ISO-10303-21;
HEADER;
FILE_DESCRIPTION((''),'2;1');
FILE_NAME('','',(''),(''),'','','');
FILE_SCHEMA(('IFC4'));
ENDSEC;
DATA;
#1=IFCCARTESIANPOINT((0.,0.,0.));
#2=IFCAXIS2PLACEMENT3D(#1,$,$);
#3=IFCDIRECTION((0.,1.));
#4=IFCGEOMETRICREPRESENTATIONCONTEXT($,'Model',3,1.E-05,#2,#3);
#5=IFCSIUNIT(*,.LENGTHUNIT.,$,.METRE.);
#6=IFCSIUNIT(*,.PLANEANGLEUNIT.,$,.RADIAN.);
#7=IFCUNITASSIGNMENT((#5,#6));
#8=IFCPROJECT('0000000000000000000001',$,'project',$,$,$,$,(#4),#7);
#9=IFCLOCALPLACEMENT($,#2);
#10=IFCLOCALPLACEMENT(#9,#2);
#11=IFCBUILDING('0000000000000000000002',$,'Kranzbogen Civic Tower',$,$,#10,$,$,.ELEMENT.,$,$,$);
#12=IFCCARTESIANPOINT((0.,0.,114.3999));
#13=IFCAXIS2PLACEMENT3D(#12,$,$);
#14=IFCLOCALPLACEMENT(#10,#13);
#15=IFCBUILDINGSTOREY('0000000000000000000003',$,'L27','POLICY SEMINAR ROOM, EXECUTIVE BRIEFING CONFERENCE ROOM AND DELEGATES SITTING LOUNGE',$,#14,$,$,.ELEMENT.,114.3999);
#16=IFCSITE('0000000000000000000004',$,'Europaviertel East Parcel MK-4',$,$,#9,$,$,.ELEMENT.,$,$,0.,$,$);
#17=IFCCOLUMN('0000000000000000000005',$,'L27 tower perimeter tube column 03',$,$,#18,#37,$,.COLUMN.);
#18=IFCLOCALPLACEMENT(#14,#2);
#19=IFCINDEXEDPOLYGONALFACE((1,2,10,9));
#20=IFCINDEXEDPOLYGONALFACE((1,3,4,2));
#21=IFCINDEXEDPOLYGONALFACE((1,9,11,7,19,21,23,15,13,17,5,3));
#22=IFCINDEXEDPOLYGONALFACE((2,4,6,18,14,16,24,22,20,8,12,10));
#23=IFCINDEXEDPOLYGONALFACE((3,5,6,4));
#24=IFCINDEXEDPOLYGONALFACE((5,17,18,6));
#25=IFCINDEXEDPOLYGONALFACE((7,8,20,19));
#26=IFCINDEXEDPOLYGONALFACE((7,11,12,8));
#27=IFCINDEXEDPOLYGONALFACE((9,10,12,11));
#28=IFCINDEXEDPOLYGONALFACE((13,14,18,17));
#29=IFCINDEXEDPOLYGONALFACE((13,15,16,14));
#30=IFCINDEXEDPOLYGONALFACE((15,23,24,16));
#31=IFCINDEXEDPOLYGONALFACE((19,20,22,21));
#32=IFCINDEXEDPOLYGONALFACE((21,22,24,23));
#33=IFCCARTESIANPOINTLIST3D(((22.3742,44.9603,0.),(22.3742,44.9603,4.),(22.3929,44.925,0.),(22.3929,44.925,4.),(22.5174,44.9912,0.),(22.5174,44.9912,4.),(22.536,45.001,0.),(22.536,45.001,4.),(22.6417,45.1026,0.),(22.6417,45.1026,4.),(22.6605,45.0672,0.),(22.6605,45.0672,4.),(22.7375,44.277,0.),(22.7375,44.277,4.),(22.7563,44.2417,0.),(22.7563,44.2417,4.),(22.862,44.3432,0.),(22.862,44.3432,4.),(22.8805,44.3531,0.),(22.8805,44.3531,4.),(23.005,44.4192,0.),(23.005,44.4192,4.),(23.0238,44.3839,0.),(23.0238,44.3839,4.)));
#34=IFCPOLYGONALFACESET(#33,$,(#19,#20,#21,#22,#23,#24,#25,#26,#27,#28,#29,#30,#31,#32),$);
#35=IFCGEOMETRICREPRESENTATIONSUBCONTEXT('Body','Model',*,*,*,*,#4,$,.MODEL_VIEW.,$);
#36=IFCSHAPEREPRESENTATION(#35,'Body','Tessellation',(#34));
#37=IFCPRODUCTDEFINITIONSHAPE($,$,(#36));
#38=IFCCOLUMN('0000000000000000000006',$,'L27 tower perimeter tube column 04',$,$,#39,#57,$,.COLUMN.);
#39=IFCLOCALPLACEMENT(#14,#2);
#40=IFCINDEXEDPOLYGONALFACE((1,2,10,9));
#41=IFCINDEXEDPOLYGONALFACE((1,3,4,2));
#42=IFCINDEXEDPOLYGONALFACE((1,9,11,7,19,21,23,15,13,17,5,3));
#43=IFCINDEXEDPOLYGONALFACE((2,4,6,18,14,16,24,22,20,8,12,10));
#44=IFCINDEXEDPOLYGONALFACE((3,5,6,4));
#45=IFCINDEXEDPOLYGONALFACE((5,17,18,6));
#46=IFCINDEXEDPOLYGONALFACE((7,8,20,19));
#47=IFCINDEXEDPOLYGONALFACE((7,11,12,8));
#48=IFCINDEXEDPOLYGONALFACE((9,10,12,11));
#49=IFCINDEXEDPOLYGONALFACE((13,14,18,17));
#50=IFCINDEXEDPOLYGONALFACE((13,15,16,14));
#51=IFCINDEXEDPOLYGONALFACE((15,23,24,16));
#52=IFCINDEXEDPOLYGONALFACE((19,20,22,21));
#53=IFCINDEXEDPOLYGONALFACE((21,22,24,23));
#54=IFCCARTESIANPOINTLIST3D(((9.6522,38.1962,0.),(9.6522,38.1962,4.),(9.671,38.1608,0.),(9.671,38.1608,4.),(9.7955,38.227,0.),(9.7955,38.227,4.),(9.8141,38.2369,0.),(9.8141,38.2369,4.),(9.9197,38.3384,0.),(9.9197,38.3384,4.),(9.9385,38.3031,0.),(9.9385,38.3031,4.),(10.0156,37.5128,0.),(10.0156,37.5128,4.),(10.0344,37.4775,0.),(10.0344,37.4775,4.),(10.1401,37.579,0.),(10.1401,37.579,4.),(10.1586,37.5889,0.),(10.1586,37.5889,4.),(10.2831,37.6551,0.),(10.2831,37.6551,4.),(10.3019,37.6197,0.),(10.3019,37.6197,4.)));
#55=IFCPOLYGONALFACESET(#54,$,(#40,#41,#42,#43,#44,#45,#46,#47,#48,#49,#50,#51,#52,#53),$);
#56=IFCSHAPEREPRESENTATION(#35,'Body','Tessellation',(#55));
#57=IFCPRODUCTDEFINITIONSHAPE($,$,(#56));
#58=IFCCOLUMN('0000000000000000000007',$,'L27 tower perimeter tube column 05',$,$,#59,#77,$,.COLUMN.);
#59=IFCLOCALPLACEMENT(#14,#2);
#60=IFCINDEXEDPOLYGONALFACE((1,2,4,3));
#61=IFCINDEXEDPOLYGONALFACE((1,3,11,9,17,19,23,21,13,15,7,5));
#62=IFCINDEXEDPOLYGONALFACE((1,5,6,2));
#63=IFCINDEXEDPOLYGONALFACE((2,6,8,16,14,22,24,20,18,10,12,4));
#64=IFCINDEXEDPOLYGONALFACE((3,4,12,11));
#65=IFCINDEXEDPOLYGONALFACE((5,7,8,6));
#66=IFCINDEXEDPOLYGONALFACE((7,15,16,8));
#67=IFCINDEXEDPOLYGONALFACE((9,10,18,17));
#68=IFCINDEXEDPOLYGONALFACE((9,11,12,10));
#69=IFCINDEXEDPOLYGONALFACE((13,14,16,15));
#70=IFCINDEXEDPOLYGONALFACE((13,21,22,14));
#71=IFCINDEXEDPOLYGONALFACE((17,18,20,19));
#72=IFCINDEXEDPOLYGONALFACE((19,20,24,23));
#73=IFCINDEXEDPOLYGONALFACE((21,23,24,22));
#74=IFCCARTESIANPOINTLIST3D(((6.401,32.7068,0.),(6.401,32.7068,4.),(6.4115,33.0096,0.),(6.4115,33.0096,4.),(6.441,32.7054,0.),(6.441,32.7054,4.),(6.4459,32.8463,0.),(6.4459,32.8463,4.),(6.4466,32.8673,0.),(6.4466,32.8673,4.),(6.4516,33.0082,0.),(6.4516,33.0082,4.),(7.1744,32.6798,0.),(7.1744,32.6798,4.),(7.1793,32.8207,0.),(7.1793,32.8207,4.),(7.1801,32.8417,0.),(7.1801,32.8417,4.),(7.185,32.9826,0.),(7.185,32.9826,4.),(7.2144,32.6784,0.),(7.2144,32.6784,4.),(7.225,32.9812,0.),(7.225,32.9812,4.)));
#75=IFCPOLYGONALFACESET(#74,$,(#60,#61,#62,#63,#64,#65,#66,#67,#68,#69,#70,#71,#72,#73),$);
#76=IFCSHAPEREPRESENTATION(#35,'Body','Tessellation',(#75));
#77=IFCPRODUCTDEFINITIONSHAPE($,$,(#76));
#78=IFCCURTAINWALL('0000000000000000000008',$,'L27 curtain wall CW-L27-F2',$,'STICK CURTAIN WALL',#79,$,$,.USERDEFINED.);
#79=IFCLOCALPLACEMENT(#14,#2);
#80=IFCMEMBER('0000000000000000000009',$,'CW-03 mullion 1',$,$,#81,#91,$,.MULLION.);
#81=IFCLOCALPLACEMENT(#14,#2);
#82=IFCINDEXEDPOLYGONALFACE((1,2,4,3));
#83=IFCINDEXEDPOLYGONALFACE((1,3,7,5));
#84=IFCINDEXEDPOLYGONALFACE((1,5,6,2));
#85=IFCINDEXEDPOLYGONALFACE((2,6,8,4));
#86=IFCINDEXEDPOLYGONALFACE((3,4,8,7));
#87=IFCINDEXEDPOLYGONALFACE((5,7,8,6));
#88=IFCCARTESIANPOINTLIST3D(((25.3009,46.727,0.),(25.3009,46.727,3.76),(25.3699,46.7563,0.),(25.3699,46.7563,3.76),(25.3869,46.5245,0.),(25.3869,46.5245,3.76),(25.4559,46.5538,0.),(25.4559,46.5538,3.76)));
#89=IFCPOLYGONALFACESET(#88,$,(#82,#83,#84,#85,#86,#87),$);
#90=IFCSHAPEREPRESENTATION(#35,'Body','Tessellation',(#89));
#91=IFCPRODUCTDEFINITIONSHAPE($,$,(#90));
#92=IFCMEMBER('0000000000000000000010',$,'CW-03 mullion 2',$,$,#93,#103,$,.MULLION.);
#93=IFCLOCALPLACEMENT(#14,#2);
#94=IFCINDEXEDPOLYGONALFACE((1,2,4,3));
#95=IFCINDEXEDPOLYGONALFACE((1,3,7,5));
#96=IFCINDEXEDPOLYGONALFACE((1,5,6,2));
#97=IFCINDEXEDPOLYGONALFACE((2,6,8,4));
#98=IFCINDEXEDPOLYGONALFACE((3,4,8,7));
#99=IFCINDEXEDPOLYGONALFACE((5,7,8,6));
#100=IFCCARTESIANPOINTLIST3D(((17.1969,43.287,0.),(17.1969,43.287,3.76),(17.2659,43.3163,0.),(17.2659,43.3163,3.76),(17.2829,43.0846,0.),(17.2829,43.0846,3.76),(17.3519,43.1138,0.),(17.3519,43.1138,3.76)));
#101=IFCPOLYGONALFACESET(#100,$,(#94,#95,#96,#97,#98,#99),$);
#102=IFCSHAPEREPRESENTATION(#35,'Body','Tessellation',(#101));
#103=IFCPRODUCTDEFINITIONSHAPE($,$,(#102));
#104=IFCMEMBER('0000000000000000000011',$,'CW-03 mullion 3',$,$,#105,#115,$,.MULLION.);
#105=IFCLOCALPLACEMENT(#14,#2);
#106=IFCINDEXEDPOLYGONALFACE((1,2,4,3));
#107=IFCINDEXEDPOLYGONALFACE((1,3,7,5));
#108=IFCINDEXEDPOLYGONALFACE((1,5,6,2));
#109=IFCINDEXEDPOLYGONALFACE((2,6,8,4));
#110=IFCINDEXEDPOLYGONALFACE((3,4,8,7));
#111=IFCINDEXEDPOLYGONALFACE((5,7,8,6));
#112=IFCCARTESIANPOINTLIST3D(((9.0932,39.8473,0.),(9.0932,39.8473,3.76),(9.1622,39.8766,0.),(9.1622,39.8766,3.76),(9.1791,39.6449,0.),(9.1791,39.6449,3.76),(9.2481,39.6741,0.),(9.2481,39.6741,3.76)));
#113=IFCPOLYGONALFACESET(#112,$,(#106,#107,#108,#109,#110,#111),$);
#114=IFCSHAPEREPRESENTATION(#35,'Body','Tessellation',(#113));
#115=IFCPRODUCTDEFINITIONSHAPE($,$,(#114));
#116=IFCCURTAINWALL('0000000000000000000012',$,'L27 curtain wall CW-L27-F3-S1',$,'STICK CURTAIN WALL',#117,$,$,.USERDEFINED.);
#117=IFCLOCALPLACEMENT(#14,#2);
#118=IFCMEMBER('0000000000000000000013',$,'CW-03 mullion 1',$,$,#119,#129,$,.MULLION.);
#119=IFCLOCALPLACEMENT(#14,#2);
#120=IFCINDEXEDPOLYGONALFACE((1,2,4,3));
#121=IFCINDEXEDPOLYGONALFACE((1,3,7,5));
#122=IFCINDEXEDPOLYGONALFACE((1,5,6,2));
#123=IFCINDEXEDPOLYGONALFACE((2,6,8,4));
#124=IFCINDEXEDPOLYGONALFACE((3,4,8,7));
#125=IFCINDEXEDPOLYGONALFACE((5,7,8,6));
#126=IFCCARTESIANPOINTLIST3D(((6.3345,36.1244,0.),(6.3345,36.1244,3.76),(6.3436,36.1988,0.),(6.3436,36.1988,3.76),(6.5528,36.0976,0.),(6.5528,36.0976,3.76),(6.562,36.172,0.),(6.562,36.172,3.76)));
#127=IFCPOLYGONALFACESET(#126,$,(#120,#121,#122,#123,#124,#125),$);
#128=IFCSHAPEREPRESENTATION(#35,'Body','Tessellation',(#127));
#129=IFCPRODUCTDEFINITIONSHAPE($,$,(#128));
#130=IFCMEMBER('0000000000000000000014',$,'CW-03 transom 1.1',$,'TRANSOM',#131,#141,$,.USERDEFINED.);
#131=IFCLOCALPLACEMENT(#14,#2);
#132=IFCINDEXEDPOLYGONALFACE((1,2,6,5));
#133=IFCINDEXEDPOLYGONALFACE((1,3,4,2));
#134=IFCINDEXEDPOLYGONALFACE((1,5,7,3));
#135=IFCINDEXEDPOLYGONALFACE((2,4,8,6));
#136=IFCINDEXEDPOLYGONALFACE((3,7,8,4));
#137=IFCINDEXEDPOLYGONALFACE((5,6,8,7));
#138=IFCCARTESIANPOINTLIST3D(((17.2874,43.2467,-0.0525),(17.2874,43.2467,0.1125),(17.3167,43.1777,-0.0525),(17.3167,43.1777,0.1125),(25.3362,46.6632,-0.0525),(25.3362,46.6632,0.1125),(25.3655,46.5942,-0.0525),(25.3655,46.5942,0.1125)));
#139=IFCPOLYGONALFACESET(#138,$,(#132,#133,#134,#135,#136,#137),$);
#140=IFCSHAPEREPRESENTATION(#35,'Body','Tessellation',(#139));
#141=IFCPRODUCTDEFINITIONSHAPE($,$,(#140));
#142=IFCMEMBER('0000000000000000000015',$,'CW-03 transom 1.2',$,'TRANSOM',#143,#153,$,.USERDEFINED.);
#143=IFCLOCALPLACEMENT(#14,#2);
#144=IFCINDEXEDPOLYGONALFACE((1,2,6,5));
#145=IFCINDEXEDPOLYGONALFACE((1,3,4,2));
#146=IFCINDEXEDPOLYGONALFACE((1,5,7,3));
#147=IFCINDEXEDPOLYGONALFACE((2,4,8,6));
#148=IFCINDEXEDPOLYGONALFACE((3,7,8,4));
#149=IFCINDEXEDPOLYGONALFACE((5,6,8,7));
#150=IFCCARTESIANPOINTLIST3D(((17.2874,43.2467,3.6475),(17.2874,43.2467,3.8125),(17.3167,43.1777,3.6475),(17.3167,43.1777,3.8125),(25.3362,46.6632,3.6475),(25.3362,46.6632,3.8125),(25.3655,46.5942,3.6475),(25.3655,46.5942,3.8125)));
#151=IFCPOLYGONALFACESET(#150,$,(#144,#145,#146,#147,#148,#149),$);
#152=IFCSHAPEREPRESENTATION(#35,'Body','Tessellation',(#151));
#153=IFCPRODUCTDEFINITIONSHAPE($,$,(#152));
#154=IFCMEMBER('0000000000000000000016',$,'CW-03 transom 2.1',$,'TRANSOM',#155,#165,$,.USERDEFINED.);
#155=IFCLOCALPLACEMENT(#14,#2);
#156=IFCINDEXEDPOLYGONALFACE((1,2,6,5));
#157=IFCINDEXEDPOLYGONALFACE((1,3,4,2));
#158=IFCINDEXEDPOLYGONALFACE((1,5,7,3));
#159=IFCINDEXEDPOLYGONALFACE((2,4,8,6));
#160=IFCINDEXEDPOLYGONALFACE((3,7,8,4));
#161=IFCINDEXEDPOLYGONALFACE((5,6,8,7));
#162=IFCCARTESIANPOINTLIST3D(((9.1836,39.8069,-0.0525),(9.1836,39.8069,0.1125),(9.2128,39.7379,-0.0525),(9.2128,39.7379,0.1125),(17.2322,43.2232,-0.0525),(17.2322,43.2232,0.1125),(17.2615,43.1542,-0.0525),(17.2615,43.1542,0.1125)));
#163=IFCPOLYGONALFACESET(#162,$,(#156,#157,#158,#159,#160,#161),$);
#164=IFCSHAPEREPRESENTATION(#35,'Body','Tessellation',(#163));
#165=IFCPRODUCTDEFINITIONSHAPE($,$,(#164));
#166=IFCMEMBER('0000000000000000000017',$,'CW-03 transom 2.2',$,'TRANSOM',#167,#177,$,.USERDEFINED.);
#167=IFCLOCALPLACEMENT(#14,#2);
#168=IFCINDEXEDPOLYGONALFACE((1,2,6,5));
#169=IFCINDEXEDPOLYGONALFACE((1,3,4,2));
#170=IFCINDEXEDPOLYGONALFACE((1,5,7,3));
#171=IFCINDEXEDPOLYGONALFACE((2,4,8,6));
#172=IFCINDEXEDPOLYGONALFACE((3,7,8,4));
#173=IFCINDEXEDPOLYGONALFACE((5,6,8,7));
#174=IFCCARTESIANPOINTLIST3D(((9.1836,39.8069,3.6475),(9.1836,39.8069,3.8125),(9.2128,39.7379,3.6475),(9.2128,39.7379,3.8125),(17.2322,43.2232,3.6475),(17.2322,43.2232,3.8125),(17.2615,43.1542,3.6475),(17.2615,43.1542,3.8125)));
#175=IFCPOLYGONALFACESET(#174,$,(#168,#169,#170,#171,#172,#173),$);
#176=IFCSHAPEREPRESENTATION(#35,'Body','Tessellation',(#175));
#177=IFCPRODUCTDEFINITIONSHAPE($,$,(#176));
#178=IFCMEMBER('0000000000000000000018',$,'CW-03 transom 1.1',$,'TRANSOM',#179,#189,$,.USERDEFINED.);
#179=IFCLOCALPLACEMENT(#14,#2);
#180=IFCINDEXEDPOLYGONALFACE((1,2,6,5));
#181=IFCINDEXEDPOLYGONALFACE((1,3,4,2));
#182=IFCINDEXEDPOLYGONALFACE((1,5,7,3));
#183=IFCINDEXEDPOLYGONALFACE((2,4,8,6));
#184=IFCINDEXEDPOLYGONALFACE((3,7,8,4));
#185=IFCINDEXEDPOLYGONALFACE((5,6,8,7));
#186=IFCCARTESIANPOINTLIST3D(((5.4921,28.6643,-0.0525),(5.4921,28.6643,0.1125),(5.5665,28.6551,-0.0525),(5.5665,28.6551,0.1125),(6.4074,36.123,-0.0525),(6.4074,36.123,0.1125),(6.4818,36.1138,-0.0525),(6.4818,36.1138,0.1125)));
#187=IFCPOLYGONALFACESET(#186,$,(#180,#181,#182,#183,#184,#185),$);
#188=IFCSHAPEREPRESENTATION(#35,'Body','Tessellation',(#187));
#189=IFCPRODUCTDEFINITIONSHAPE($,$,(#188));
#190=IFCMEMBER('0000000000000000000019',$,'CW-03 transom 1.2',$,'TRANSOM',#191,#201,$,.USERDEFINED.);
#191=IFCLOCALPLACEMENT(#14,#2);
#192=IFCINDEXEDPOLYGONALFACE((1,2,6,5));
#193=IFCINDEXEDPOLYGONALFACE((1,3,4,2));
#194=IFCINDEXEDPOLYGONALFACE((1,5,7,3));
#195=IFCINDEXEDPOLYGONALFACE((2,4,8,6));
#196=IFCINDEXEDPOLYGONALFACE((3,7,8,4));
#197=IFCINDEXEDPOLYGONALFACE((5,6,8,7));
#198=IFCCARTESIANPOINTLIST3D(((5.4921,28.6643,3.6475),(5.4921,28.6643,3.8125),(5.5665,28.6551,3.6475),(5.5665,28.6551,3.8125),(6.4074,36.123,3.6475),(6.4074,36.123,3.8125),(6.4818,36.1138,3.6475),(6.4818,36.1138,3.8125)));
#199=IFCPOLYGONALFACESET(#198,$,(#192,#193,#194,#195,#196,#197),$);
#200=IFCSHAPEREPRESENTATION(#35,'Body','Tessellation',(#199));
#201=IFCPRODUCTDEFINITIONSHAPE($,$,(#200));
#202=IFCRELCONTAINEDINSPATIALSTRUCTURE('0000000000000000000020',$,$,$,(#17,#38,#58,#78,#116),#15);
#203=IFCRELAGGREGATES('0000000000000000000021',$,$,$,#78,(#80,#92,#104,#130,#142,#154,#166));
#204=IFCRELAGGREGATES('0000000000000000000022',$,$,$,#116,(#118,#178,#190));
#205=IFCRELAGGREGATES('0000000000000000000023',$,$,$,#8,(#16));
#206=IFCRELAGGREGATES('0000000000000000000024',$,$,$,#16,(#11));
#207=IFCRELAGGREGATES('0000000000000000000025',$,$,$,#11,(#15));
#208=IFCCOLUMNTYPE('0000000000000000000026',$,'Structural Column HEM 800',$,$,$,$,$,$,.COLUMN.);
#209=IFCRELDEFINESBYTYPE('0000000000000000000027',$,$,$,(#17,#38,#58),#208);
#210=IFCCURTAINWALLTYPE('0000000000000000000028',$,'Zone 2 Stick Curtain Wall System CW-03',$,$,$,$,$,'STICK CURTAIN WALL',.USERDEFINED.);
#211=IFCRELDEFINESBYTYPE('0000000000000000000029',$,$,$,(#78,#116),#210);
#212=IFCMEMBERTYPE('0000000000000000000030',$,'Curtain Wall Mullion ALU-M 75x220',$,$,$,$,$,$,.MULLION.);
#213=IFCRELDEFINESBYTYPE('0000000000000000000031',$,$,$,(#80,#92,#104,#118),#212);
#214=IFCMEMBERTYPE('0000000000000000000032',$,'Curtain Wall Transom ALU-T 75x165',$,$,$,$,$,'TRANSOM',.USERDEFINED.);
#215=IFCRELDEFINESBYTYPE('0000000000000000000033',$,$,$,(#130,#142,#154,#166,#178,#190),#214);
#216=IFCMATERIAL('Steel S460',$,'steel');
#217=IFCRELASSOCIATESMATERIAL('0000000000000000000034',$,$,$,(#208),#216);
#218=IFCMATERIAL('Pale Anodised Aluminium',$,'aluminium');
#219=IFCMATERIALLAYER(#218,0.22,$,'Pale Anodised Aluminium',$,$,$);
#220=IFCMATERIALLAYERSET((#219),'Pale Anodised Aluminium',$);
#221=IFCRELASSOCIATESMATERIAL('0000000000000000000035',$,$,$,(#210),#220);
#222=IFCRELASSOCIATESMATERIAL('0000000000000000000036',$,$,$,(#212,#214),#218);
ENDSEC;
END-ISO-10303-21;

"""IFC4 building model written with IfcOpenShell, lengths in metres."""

from ifc_helpers import new_model, si_unit, direction, frame, origin, origin_2d, place, context, subcontext, project, spatial, rectangle, i_section, extrude, material, layer, layer_set, material_profile, profile_set, type_object, element, aggregate, save


model = new_model("IFC4")

# Units and contexts
model_context = context("Model", 3, precision=1e-05, world=origin(), true_north=direction((0.0, 1.0)))
body_context = subcontext(model_context, "Body", "Model", "MODEL_VIEW")
ifc_project = project(units=[si_unit("LENGTHUNIT", "METRE"), si_unit("PLANEANGLEUNIT", "RADIAN")], contexts=[model_context])

# Site, building, storey
site_placement = place(None, origin())
site = spatial("IfcSite", under=ifc_project, at=site_placement, Name="Europaviertel East Parcel MK-4", CompositionType="ELEMENT", RefElevation=0.0)
building_placement = place(site_placement, origin())
building = spatial("IfcBuilding", under=site, at=building_placement, Name="Kranzbogen Civic Tower", CompositionType="ELEMENT")
storey_placement = place(building_placement, frame((0.0, 0.0, 114.3999)))
storey = spatial("IfcBuildingStorey", under=building, at=storey_placement, Name="L27", Description="POLICY SEMINAR ROOM, EXECUTIVE BRIEFING CONFERENCE ROOM AND DELEGATES SITTING LOUNGE", CompositionType="ELEMENT", Elevation=114.3999)

# Columns
ifc_material_1 = material(Name="Steel S460", Category="steel")
ifc_material_profile_1 = material_profile(ifc_material_1, i_section(OverallWidth=0.303, OverallDepth=0.814, WebThickness=0.021, FlangeThickness=0.04, at=origin_2d()), Name="HEM 800")
ifc_profile_set_1 = profile_set([ifc_material_profile_1], Name="Steel S460")
column_type = type_object("IfcColumnType", Name="Structural Column HEM 800", PredefinedType="COLUMN", material=ifc_profile_set_1)
for number, where, z_axis, x_axis, name in (
    (1, (22.699, 44.6721, 0.0), (0.0, 0.0, 1.0), (0.882948, 0.469472, 0.0), "L27 tower perimeter tube column 03"),
    (2, (9.9771, 37.908, 0.0), (0.0, 0.0, 1.0), (0.882948, 0.469472, 0.0), "L27 tower perimeter tube column 04"),
    (3, (6.813, 32.844, 0.0), (0.0, 0.0, 1.0), (0.034899, 0.999391, 0.0), "L27 tower perimeter tube column 05"),
):
    element("IfcColumn", number, at=place(storey_placement, frame(where, z_axis=z_axis, x_axis=x_axis)), inside=storey, type_object=column_type, Name=name, PredefinedType="COLUMN", context=body_context, shape_type="SweptSolid", body=[
        extrude(i_section(OverallWidth=0.303, OverallDepth=0.814, WebThickness=0.021, FlangeThickness=0.04, at=origin_2d()), origin(), (0.0, 0.0, 1.0), 4.0),
    ])

# Curtain wall, members
ifc_material_2 = material(Name="Pale Anodised Aluminium", Category="aluminium")
ifc_layer_1 = layer(ifc_material_2, 0.22, Name="Pale Anodised Aluminium")
ifc_layer_set_1 = layer_set([ifc_layer_1], Name="Pale Anodised Aluminium")
curtain_wall_type = type_object("IfcCurtainWallType", Name="Zone 2 Stick Curtain Wall System CW-03", ElementType="STICK CURTAIN WALL", PredefinedType="USERDEFINED", material=ifc_layer_set_1)
curtain_wall_1_placement = place(storey_placement, origin())
curtain_wall_1 = element("IfcCurtainWall", 4, at=curtain_wall_1_placement, inside=storey, type_object=curtain_wall_type, Name="L27 curtain wall CW-L27-F2", ObjectType="STICK CURTAIN WALL", PredefinedType="USERDEFINED")
ifc_material_profile_2 = material_profile(ifc_material_2, rectangle(XDim=0.075, YDim=0.22, at=origin_2d()), Name="ALU-M 75x220")
ifc_profile_set_2 = profile_set([ifc_material_profile_2], Name="Pale Anodised Aluminium")
member_type_1 = type_object("IfcMemberType", Name="Curtain Wall Mullion ALU-M 75x220", PredefinedType="MULLION", material=ifc_profile_set_2)
member_1_placement = place(storey_placement, frame((25.3784, 46.6404, 0.0), z_axis=(0.0, 0.0, 1.0), x_axis=(-0.92051, -0.39072, 0.0)))
member_1 = element("IfcMember", 5, at=member_1_placement, type_object=member_type_1, Name="CW-03 mullion 1", PredefinedType="MULLION", context=body_context, shape_type="SweptSolid", body=[
    extrude(rectangle(XDim=0.075, YDim=0.22, at=origin_2d()), origin(), (0.0, 0.0, 1.0), 3.76),
])
member_2_placement = place(storey_placement, frame((17.2744, 43.2004, 0.0), z_axis=(0.0, 0.0, 1.0), x_axis=(-0.92051, -0.39072, 0.0)))
member_2 = element("IfcMember", 6, at=member_2_placement, type_object=member_type_1, Name="CW-03 mullion 2", PredefinedType="MULLION", context=body_context, shape_type="SweptSolid", body=[
    extrude(rectangle(XDim=0.075, YDim=0.22, at=origin_2d()), origin(), (0.0, 0.0, 1.0), 3.76),
])
member_3_placement = place(storey_placement, frame((9.1707, 39.7607, 0.0), z_axis=(0.0, 0.0, 1.0), x_axis=(-0.92051, -0.39072, 0.0)))
member_3 = element("IfcMember", 7, at=member_3_placement, type_object=member_type_1, Name="CW-03 mullion 3", PredefinedType="MULLION", context=body_context, shape_type="SweptSolid", body=[
    extrude(rectangle(XDim=0.075, YDim=0.22, at=origin_2d()), origin(), (0.0, 0.0, 1.0), 3.76),
])

# Curtain wall, member
curtain_wall_2_placement = place(storey_placement, origin())
curtain_wall_2 = element("IfcCurtainWall", 8, at=curtain_wall_2_placement, inside=storey, type_object=curtain_wall_type, Name="L27 curtain wall CW-L27-F3-S1", ObjectType="STICK CURTAIN WALL", PredefinedType="USERDEFINED")
member_4_placement = place(storey_placement, frame((6.4482, 36.1482, 0.0), z_axis=(0.0, 0.0, 1.0), x_axis=(-0.12181, -0.992553, 0.0)))
member_4 = element("IfcMember", 9, at=member_4_placement, type_object=member_type_1, Name="CW-03 mullion 1", PredefinedType="MULLION", context=body_context, shape_type="SweptSolid", body=[
    extrude(rectangle(XDim=0.075, YDim=0.22, at=origin_2d()), origin(), (0.0, 0.0, 1.0), 3.76),
])

# Members
ifc_material_profile_3 = material_profile(ifc_material_2, rectangle(XDim=0.075, YDim=0.165, at=origin_2d()), Name="ALU-T 75x165")
ifc_profile_set_3 = profile_set([ifc_material_profile_3], Name="Pale Anodised Aluminium")
member_type_2 = type_object("IfcMemberType", Name="Curtain Wall Transom ALU-T 75x165", ElementType="TRANSOM", PredefinedType="USERDEFINED", material=ifc_profile_set_3)
member_5_placement = place(storey_placement, frame((25.3508, 46.6287, 0.03), z_axis=(-0.920506, -0.390729, 0.0), x_axis=(0.390729, -0.920506, 0.0)))
member_5 = element("IfcMember", 10, at=member_5_placement, type_object=member_type_2, Name="CW-03 transom 1.1", ObjectType="TRANSOM", PredefinedType="USERDEFINED", context=body_context, shape_type="SweptSolid", body=[
    extrude(rectangle(XDim=0.075, YDim=0.165, at=origin_2d()), origin(), (0.0, 0.0, 1.0), 8.7439),
])
member_6_placement = place(storey_placement, frame((25.3508, 46.6287, 3.73), z_axis=(-0.920506, -0.390729, 0.0), x_axis=(0.390729, -0.920506, 0.0)))
member_6 = element("IfcMember", 11, at=member_6_placement, type_object=member_type_2, Name="CW-03 transom 1.2", ObjectType="TRANSOM", PredefinedType="USERDEFINED", context=body_context, shape_type="SweptSolid", body=[
    extrude(rectangle(XDim=0.075, YDim=0.165, at=origin_2d()), origin(), (0.0, 0.0, 1.0), 8.7439),
])
member_7_placement = place(storey_placement, frame((17.2468, 43.1887, 0.03), z_axis=(-0.920511, -0.390715, 0.0), x_axis=(0.390715, -0.920511, 0.0)))
member_7 = element("IfcMember", 12, at=member_7_placement, type_object=member_type_2, Name="CW-03 transom 2.1", ObjectType="TRANSOM", PredefinedType="USERDEFINED", context=body_context, shape_type="SweptSolid", body=[
    extrude(rectangle(XDim=0.075, YDim=0.165, at=origin_2d()), origin(), (0.0, 0.0, 1.0), 8.7437),
])
member_8_placement = place(storey_placement, frame((17.2468, 43.1887, 3.73), z_axis=(-0.920511, -0.390715, 0.0), x_axis=(0.390715, -0.920511, 0.0)))
member_8 = element("IfcMember", 13, at=member_8_placement, type_object=member_type_2, Name="CW-03 transom 2.2", ObjectType="TRANSOM", PredefinedType="USERDEFINED", context=body_context, shape_type="SweptSolid", body=[
    extrude(rectangle(XDim=0.075, YDim=0.165, at=origin_2d()), origin(), (0.0, 0.0, 1.0), 8.7437),
])
member_9_placement = place(storey_placement, frame((6.4446, 36.1184, 0.03), z_axis=(-0.121799, -0.992555, 0.0), x_axis=(0.992555, -0.121799, 0.0)))
member_9 = element("IfcMember", 14, at=member_9_placement, type_object=member_type_2, Name="CW-03 transom 1.1", ObjectType="TRANSOM", PredefinedType="USERDEFINED", context=body_context, shape_type="SweptSolid", body=[
    extrude(rectangle(XDim=0.075, YDim=0.165, at=origin_2d()), origin(), (0.0, 0.0, 1.0), 7.5146),
])
member_10_placement = place(storey_placement, frame((6.4446, 36.1184, 3.73), z_axis=(-0.121799, -0.992555, 0.0), x_axis=(0.992555, -0.121799, 0.0)))
member_10 = element("IfcMember", 15, at=member_10_placement, type_object=member_type_2, Name="CW-03 transom 1.2", ObjectType="TRANSOM", PredefinedType="USERDEFINED", context=body_context, shape_type="SweptSolid", body=[
    extrude(rectangle(XDim=0.075, YDim=0.165, at=origin_2d()), origin(), (0.0, 0.0, 1.0), 7.5146),
])

aggregate(curtain_wall_1, [member_1, member_2, member_3, member_5, member_6, member_7, member_8])
aggregate(curtain_wall_2, [member_4, member_9, member_10])

save(model, "model.ifc")
